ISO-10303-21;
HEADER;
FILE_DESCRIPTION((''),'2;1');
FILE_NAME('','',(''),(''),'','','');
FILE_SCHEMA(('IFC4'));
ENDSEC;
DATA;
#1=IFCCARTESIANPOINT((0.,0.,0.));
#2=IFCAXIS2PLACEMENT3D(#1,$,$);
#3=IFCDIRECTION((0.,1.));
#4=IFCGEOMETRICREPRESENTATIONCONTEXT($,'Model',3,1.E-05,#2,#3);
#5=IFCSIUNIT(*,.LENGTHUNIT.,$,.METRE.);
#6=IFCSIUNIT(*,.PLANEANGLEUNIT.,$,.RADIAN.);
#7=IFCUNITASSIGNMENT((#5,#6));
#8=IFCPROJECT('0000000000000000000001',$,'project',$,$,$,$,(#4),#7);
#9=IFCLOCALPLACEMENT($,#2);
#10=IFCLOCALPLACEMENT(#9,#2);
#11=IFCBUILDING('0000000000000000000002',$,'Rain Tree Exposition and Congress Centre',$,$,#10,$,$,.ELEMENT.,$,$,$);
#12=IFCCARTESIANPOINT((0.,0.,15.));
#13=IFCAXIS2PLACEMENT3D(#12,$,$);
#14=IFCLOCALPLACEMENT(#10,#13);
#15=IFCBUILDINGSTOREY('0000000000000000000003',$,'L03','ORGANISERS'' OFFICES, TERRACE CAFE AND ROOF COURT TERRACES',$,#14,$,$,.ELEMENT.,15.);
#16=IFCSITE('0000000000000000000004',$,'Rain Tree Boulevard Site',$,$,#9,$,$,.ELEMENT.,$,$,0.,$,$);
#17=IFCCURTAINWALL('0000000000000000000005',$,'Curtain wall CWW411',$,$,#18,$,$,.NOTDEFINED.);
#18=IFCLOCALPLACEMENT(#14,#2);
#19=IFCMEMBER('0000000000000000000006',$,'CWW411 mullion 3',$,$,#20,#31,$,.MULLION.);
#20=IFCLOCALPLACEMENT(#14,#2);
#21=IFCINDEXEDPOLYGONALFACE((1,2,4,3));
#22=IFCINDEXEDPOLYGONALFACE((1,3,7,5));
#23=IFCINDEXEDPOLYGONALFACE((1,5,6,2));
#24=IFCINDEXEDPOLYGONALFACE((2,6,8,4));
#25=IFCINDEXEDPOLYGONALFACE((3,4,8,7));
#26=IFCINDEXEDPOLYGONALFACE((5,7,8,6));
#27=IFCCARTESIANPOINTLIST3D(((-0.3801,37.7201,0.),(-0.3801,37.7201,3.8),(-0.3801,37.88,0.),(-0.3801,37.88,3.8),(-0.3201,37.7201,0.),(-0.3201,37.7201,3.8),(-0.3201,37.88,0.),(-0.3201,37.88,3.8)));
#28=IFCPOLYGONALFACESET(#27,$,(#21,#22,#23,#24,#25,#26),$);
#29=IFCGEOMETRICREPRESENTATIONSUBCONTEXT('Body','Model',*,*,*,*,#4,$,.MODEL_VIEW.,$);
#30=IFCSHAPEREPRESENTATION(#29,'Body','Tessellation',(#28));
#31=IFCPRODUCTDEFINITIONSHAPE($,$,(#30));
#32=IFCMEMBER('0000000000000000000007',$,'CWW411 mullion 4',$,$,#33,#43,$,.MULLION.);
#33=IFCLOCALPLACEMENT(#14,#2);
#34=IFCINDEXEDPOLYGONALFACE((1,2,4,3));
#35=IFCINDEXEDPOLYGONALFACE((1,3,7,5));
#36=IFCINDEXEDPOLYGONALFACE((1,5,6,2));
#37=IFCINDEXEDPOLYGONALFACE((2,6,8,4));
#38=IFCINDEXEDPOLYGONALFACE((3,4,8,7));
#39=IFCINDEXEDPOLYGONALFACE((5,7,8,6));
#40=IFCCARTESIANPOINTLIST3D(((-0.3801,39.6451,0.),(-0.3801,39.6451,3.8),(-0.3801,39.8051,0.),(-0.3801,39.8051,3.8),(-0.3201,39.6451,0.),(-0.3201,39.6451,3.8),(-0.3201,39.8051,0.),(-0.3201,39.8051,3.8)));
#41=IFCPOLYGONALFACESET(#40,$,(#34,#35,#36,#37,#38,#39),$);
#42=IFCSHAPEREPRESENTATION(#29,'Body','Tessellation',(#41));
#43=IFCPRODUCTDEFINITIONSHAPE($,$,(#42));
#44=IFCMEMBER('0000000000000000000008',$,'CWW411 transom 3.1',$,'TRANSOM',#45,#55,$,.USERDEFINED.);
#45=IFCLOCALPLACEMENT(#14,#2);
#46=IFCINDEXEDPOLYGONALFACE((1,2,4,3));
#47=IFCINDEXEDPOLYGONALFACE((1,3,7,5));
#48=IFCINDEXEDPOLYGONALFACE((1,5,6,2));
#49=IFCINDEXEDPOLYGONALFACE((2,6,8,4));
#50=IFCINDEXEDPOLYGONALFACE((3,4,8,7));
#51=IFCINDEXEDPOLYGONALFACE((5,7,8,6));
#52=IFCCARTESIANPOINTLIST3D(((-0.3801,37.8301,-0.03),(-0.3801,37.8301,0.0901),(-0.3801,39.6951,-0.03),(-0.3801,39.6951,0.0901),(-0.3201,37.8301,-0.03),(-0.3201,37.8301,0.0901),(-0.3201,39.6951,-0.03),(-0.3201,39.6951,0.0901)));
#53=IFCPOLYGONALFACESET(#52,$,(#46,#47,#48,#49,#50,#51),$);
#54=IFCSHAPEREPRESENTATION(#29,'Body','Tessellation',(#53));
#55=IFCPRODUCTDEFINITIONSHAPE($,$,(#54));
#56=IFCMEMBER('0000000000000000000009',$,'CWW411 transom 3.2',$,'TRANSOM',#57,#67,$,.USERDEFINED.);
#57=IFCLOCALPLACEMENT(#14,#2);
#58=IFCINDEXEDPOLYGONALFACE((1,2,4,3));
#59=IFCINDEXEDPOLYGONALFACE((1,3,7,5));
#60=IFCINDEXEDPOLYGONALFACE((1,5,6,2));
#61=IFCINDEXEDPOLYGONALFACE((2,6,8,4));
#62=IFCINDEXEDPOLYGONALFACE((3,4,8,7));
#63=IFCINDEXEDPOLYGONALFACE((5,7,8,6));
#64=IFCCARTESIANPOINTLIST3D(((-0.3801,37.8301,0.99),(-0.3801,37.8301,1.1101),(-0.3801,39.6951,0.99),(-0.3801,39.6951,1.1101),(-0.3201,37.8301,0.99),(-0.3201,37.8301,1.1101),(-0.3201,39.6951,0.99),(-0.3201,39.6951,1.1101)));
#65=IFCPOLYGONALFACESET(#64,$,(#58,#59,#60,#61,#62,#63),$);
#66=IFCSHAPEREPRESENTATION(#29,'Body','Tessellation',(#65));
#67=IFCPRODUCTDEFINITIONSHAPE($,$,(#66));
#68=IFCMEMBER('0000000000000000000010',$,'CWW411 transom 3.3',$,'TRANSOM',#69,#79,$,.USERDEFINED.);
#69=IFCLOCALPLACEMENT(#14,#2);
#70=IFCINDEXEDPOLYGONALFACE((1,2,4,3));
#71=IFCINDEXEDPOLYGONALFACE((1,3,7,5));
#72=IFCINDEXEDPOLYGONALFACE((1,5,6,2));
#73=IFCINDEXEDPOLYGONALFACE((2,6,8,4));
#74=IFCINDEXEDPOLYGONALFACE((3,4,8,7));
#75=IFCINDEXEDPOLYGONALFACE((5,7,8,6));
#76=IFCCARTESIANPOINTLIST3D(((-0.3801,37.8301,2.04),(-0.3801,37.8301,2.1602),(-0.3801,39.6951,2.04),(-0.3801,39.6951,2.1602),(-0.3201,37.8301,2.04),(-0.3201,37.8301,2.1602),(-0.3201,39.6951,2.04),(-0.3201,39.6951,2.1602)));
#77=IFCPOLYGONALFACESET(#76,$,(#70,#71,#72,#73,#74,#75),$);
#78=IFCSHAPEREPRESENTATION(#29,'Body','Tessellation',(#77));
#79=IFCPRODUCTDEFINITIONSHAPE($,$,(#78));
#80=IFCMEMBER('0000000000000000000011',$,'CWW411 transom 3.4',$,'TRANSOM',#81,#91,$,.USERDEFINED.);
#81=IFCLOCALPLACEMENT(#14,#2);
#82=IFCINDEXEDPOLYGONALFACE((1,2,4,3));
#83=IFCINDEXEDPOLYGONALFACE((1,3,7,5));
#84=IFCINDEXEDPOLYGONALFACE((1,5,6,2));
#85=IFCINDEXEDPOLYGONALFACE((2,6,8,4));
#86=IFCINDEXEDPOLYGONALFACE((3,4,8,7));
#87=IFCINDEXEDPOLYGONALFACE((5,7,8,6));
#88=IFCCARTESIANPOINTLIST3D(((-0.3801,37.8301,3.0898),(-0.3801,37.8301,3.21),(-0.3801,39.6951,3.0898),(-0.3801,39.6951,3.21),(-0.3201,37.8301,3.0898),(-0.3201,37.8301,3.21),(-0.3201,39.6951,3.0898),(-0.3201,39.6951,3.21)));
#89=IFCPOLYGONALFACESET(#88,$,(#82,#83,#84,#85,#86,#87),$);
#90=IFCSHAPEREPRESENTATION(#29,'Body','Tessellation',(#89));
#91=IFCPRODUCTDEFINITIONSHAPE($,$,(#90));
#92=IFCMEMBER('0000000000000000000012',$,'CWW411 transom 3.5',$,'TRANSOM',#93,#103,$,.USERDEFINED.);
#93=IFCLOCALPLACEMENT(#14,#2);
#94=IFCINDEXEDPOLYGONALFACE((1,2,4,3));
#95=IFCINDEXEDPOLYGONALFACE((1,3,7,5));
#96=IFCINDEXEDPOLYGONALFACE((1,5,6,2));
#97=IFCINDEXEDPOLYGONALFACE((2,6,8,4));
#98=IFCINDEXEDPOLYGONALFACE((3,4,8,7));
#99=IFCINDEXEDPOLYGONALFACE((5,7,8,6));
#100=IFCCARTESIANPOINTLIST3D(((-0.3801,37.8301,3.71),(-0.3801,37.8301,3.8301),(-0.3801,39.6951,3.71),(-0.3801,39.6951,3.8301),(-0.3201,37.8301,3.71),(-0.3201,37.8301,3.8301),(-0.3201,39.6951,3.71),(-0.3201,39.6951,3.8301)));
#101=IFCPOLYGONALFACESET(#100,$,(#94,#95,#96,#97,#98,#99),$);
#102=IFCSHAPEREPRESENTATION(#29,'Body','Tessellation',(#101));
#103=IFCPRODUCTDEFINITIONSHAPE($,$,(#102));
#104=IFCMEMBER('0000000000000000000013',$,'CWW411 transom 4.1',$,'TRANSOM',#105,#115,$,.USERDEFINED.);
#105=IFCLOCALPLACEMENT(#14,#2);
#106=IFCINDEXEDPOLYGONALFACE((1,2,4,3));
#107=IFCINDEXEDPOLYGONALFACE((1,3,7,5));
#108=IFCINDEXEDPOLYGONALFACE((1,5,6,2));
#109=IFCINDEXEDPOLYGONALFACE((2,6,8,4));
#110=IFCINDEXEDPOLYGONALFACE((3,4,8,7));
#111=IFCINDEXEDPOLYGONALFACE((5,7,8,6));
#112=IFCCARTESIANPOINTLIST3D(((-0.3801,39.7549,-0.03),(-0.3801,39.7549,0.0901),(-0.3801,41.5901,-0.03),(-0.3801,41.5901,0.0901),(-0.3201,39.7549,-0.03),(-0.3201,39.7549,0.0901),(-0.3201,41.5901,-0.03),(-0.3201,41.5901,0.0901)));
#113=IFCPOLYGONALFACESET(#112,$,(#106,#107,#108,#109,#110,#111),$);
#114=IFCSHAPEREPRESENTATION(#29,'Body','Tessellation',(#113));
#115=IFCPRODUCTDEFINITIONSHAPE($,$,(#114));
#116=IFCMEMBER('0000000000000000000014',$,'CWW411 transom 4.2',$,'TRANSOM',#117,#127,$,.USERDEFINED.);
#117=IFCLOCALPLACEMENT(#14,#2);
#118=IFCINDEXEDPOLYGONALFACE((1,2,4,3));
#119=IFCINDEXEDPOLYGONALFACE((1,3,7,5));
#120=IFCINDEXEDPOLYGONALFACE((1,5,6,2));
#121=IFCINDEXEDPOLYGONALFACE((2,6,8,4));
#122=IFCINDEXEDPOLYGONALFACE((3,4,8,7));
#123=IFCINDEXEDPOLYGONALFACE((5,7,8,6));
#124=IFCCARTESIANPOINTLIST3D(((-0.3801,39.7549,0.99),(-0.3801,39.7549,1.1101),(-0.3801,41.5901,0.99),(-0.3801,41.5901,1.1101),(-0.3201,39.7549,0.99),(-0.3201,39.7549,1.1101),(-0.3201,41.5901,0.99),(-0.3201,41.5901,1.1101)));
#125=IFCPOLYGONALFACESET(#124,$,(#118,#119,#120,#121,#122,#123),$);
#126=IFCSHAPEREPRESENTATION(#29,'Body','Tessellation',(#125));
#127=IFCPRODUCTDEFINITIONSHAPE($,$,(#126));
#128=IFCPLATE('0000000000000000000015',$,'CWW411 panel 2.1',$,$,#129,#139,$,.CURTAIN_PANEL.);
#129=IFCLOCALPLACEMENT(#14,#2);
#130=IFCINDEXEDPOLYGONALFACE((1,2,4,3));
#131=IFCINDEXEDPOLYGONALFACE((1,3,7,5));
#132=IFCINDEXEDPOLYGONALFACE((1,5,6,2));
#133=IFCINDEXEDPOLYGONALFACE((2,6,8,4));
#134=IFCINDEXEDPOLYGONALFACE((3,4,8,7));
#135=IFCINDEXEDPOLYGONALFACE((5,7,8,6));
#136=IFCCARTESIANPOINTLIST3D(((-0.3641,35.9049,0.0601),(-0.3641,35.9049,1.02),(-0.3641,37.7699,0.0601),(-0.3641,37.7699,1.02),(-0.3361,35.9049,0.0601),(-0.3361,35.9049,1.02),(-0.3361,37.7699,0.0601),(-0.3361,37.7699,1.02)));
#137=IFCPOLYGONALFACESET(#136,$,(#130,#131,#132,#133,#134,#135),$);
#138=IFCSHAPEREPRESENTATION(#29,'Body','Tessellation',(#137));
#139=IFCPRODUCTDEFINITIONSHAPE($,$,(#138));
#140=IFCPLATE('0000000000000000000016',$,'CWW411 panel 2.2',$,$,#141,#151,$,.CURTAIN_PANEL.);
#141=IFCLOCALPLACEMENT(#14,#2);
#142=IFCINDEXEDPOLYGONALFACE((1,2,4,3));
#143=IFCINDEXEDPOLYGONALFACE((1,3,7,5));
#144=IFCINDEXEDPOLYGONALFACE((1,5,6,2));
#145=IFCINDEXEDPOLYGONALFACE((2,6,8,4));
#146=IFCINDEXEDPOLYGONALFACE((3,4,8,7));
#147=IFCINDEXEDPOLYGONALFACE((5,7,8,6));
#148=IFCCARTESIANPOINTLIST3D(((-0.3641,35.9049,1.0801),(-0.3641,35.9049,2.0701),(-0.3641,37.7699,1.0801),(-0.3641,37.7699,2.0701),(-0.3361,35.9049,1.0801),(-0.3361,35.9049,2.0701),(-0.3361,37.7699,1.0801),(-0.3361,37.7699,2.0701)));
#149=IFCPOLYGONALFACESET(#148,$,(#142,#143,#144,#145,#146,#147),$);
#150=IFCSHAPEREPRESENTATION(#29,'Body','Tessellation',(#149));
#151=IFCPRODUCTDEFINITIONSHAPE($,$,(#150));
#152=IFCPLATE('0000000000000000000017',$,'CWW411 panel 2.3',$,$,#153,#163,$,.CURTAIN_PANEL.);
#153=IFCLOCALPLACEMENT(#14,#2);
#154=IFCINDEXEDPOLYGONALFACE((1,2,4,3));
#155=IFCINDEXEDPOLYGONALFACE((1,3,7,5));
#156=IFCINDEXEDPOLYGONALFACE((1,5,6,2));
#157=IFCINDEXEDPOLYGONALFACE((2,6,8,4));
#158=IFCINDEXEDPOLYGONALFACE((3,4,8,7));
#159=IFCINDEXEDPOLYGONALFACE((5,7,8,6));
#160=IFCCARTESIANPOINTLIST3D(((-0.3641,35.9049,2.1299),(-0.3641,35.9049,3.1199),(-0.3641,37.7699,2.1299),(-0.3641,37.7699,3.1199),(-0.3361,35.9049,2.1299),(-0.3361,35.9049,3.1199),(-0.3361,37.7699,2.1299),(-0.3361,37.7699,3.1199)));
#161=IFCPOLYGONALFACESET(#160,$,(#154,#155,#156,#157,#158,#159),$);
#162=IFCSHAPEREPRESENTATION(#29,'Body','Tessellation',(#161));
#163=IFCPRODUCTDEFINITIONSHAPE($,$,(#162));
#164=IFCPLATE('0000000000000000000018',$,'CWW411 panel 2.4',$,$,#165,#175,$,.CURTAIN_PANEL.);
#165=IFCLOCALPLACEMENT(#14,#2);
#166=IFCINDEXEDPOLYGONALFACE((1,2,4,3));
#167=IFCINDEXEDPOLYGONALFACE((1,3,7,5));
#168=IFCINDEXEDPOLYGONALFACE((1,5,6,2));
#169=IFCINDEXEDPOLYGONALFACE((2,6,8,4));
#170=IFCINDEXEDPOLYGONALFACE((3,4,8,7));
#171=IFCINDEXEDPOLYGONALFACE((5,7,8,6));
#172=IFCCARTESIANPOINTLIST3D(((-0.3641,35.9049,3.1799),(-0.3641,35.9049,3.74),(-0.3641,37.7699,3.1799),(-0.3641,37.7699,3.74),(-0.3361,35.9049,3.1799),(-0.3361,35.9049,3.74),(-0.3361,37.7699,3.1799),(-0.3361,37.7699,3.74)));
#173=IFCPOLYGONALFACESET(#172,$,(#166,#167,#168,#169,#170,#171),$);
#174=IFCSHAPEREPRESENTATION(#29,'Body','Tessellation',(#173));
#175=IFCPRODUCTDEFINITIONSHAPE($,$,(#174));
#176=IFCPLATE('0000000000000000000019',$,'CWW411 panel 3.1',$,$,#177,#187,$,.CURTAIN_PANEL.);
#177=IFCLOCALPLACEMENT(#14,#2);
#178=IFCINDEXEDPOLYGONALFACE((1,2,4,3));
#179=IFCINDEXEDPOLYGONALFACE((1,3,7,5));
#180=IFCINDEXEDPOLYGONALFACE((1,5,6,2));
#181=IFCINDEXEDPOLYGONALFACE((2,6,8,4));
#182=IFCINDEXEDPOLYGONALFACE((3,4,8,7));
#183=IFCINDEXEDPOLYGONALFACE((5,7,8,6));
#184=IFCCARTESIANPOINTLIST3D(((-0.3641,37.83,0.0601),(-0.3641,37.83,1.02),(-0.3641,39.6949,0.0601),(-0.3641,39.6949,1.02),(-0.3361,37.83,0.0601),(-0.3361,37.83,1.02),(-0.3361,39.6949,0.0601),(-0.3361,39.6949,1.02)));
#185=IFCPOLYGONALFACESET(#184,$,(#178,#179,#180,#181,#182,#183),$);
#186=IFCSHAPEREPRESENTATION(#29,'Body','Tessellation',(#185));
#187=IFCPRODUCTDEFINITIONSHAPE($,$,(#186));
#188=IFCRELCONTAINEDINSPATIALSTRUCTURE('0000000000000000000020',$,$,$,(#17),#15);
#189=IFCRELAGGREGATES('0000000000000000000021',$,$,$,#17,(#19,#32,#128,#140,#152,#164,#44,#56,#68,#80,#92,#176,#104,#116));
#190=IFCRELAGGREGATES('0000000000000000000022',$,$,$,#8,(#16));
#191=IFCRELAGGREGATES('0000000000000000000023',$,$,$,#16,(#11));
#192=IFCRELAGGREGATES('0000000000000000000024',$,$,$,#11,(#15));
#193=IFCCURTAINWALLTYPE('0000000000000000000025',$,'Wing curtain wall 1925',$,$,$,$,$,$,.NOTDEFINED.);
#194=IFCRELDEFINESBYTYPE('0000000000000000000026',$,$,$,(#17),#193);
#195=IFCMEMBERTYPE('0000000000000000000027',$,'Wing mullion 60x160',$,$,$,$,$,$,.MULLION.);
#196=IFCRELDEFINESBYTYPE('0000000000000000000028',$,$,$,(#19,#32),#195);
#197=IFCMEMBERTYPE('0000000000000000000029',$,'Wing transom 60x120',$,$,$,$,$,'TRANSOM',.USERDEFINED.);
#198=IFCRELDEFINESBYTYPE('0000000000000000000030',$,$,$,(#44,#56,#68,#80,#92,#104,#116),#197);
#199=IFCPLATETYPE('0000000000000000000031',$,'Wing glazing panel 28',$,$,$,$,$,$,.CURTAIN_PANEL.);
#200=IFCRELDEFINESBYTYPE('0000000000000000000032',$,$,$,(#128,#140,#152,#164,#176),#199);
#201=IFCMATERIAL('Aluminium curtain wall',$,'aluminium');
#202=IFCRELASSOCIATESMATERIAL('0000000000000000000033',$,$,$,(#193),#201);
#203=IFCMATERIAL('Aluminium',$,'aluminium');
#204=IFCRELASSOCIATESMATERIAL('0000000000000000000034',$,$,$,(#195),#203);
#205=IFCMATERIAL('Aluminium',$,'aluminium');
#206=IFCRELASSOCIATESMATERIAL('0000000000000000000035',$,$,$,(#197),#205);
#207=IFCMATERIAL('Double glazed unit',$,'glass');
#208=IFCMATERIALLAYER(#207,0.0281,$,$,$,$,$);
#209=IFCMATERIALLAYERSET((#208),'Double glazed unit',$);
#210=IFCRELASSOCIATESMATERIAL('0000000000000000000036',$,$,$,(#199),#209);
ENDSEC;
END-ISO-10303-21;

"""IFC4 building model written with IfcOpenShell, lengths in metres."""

from ifc_helpers import new_model, si_unit, direction, frame, origin, origin_2d, place, context, subcontext, project, spatial, rectangle, extrude, material, layer, layer_set, material_profile, profile_set, type_object, element, aggregate, save


model = new_model("IFC4")

# Units and contexts
model_context = context("Model", 3, precision=1e-05, world=origin(), true_north=direction((0.0, 1.0)))
body_context = subcontext(model_context, "Body", "Model", "MODEL_VIEW")
ifc_project = project(units=[si_unit("LENGTHUNIT", "METRE"), si_unit("PLANEANGLEUNIT", "RADIAN")], contexts=[model_context])

# Site, building, storey
site_placement = place(None, origin())
site = spatial("IfcSite", under=ifc_project, at=site_placement, Name="Rain Tree Boulevard Site", CompositionType="ELEMENT", RefElevation=0.0)
building_placement = place(site_placement, origin())
building = spatial("IfcBuilding", under=site, at=building_placement, Name="Rain Tree Exposition and Congress Centre", CompositionType="ELEMENT")
storey_placement = place(building_placement, frame((0.0, 0.0, 15.0)))
storey = spatial("IfcBuildingStorey", under=building, at=storey_placement, Name="L03", Description="ORGANISERS' OFFICES, TERRACE CAFE AND ROOF COURT TERRACES", CompositionType="ELEMENT", Elevation=15.0)

# Curtain wall, members, plates
ifc_material_1 = material(Name="Aluminium curtain wall", Category="aluminium")
curtain_wall_type = type_object("IfcCurtainWallType", Name="Wing curtain wall 1925", PredefinedType="NOTDEFINED", material=ifc_material_1)
curtain_wall_placement = place(storey_placement, origin())
curtain_wall = element("IfcCurtainWall", 1, at=curtain_wall_placement, inside=storey, type_object=curtain_wall_type, Name="Curtain wall CWW411", PredefinedType="NOTDEFINED")
ifc_material_2 = material(Name="Aluminium", Category="aluminium")
ifc_material_profile_1 = material_profile(ifc_material_2, rectangle(XDim=0.0601, YDim=0.1599, at=origin_2d()), Name="Aluminium 60x160")
ifc_profile_set_1 = profile_set([ifc_material_profile_1], Name="Aluminium")
member_type_1 = type_object("IfcMemberType", Name="Wing mullion 60x160", PredefinedType="MULLION", material=ifc_profile_set_1)
member_1_placement = place(storey_placement, frame((-0.3501, 37.8, 0.0), z_axis=(0.0, 0.0, 1.0), x_axis=(-1.0, 0.0, 0.0)))
member_1 = element("IfcMember", 2, at=member_1_placement, type_object=member_type_1, Name="CWW411 mullion 3", PredefinedType="MULLION", context=body_context, shape_type="SweptSolid", body=[
    extrude(rectangle(XDim=0.0601, YDim=0.1599, at=origin_2d()), origin(), (0.0, 0.0, 1.0), 3.8),
])
member_2_placement = place(storey_placement, frame((-0.3501, 39.7251, 0.0), z_axis=(0.0, 0.0, 1.0), x_axis=(-1.0, 0.0, 0.0)))
member_2 = element("IfcMember", 3, at=member_2_placement, type_object=member_type_1, Name="CWW411 mullion 4", PredefinedType="MULLION", context=body_context, shape_type="SweptSolid", body=[
    extrude(rectangle(XDim=0.0601, YDim=0.1599, at=origin_2d()), origin(), (0.0, 0.0, 1.0), 3.8),
])
ifc_material_3 = material(Name="Aluminium", Category="aluminium")
ifc_material_profile_2 = material_profile(ifc_material_3, rectangle(XDim=0.0601, YDim=0.1201, at=origin_2d()), Name="Aluminium 60x120")
ifc_profile_set_2 = profile_set([ifc_material_profile_2], Name="Aluminium")
member_type_2 = type_object("IfcMemberType", Name="Wing transom 60x120", ElementType="TRANSOM", PredefinedType="USERDEFINED", material=ifc_profile_set_2)
member_3_placement = place(storey_placement, frame((-0.3501, 37.8301, 0.03), z_axis=(0.0, 1.0, 0.0), x_axis=(-1.0, 0.0, 0.0)))
member_3 = element("IfcMember", 4, at=member_3_placement, type_object=member_type_2, Name="CWW411 transom 3.1", ObjectType="TRANSOM", PredefinedType="USERDEFINED", context=body_context, shape_type="SweptSolid", body=[
    extrude(rectangle(XDim=0.0601, YDim=0.1201, at=origin_2d()), origin(), (0.0, 0.0, 1.0), 1.865),
])
member_4_placement = place(storey_placement, frame((-0.3501, 37.8301, 1.05), z_axis=(0.0, 1.0, 0.0), x_axis=(-1.0, 0.0, 0.0)))
member_4 = element("IfcMember", 5, at=member_4_placement, type_object=member_type_2, Name="CWW411 transom 3.2", ObjectType="TRANSOM", PredefinedType="USERDEFINED", context=body_context, shape_type="SweptSolid", body=[
    extrude(rectangle(XDim=0.0601, YDim=0.1201, at=origin_2d()), origin(), (0.0, 0.0, 1.0), 1.865),
])
member_5_placement = place(storey_placement, frame((-0.3501, 37.8301, 2.1001), z_axis=(0.0, 1.0, 0.0), x_axis=(-1.0, 0.0, 0.0)))
member_5 = element("IfcMember", 6, at=member_5_placement, type_object=member_type_2, Name="CWW411 transom 3.3", ObjectType="TRANSOM", PredefinedType="USERDEFINED", context=body_context, shape_type="SweptSolid", body=[
    extrude(rectangle(XDim=0.0601, YDim=0.1201, at=origin_2d()), origin(), (0.0, 0.0, 1.0), 1.865),
])
member_6_placement = place(storey_placement, frame((-0.3501, 37.8301, 3.1499), z_axis=(0.0, 1.0, 0.0), x_axis=(-1.0, 0.0, 0.0)))
member_6 = element("IfcMember", 7, at=member_6_placement, type_object=member_type_2, Name="CWW411 transom 3.4", ObjectType="TRANSOM", PredefinedType="USERDEFINED", context=body_context, shape_type="SweptSolid", body=[
    extrude(rectangle(XDim=0.0601, YDim=0.1201, at=origin_2d()), origin(), (0.0, 0.0, 1.0), 1.865),
])
member_7_placement = place(storey_placement, frame((-0.3501, 37.8301, 3.77), z_axis=(0.0, 1.0, 0.0), x_axis=(-1.0, 0.0, 0.0)))
member_7 = element("IfcMember", 8, at=member_7_placement, type_object=member_type_2, Name="CWW411 transom 3.5", ObjectType="TRANSOM", PredefinedType="USERDEFINED", context=body_context, shape_type="SweptSolid", body=[
    extrude(rectangle(XDim=0.0601, YDim=0.1201, at=origin_2d()), origin(), (0.0, 0.0, 1.0), 1.865),
])
member_8_placement = place(storey_placement, frame((-0.3501, 39.7549, 0.03), z_axis=(0.0, 1.0, 0.0), x_axis=(-1.0, 0.0, 0.0)))
member_8 = element("IfcMember", 9, at=member_8_placement, type_object=member_type_2, Name="CWW411 transom 4.1", ObjectType="TRANSOM", PredefinedType="USERDEFINED", context=body_context, shape_type="SweptSolid", body=[
    extrude(rectangle(XDim=0.0601, YDim=0.1201, at=origin_2d()), origin(), (0.0, 0.0, 1.0), 1.8352),
])
member_9_placement = place(storey_placement, frame((-0.3501, 39.7549, 1.05), z_axis=(0.0, 1.0, 0.0), x_axis=(-1.0, 0.0, 0.0)))
member_9 = element("IfcMember", 10, at=member_9_placement, type_object=member_type_2, Name="CWW411 transom 4.2", ObjectType="TRANSOM", PredefinedType="USERDEFINED", context=body_context, shape_type="SweptSolid", body=[
    extrude(rectangle(XDim=0.0601, YDim=0.1201, at=origin_2d()), origin(), (0.0, 0.0, 1.0), 1.8352),
])
ifc_material_4 = material(Name="Double glazed unit", Category="glass")
ifc_layer_1 = layer(ifc_material_4, 0.0281)
ifc_layer_set_1 = layer_set([ifc_layer_1], Name="Double glazed unit")
plate_type = type_object("IfcPlateType", Name="Wing glazing panel 28", PredefinedType="CURTAIN_PANEL", material=ifc_layer_set_1)
plate_1_placement = place(storey_placement, frame((-0.3501, 36.8374, 0.0601), z_axis=(0.0, 0.0, 1.0), x_axis=(0.0, 1.0, 0.0)))
plate_1 = element("IfcPlate", 11, at=plate_1_placement, type_object=plate_type, Name="CWW411 panel 2.1", PredefinedType="CURTAIN_PANEL", context=body_context, shape_type="SweptSolid", body=[
    extrude(rectangle(XDim=1.865, YDim=0.0281, at=origin_2d()), origin(), (0.0, 0.0, 1.0), 0.96),
])
plate_2_placement = place(storey_placement, frame((-0.3501, 36.8374, 1.0801), z_axis=(0.0, 0.0, 1.0), x_axis=(0.0, 1.0, 0.0)))
plate_2 = element("IfcPlate", 12, at=plate_2_placement, type_object=plate_type, Name="CWW411 panel 2.2", PredefinedType="CURTAIN_PANEL", context=body_context, shape_type="SweptSolid", body=[
    extrude(rectangle(XDim=1.865, YDim=0.0281, at=origin_2d()), origin(), (0.0, 0.0, 1.0), 0.99),
])
plate_3_placement = place(storey_placement, frame((-0.3501, 36.8374, 2.1299), z_axis=(0.0, 0.0, 1.0), x_axis=(0.0, 1.0, 0.0)))
plate_3 = element("IfcPlate", 13, at=plate_3_placement, type_object=plate_type, Name="CWW411 panel 2.3", PredefinedType="CURTAIN_PANEL", context=body_context, shape_type="SweptSolid", body=[
    extrude(rectangle(XDim=1.865, YDim=0.0281, at=origin_2d()), origin(), (0.0, 0.0, 1.0), 0.99),
])
plate_4_placement = place(storey_placement, frame((-0.3501, 36.8374, 3.1799), z_axis=(0.0, 0.0, 1.0), x_axis=(0.0, 1.0, 0.0)))
plate_4 = element("IfcPlate", 14, at=plate_4_placement, type_object=plate_type, Name="CWW411 panel 2.4", PredefinedType="CURTAIN_PANEL", context=body_context, shape_type="SweptSolid", body=[
    extrude(rectangle(XDim=1.865, YDim=0.0281, at=origin_2d()), origin(), (0.0, 0.0, 1.0), 0.5601),
])
plate_5_placement = place(storey_placement, frame((-0.3501, 38.7625, 0.0601), z_axis=(0.0, 0.0, 1.0), x_axis=(0.0, 1.0, 0.0)))
plate_5 = element("IfcPlate", 15, at=plate_5_placement, type_object=plate_type, Name="CWW411 panel 3.1", PredefinedType="CURTAIN_PANEL", context=body_context, shape_type="SweptSolid", body=[
    extrude(rectangle(XDim=1.865, YDim=0.0281, at=origin_2d()), origin(), (0.0, 0.0, 1.0), 0.96),
])
aggregate(curtain_wall, [member_1, member_2, plate_1, plate_2, plate_3, plate_4, member_3, member_4, member_5, member_6, member_7, plate_5, member_8, member_9])

save(model, "model.ifc")
